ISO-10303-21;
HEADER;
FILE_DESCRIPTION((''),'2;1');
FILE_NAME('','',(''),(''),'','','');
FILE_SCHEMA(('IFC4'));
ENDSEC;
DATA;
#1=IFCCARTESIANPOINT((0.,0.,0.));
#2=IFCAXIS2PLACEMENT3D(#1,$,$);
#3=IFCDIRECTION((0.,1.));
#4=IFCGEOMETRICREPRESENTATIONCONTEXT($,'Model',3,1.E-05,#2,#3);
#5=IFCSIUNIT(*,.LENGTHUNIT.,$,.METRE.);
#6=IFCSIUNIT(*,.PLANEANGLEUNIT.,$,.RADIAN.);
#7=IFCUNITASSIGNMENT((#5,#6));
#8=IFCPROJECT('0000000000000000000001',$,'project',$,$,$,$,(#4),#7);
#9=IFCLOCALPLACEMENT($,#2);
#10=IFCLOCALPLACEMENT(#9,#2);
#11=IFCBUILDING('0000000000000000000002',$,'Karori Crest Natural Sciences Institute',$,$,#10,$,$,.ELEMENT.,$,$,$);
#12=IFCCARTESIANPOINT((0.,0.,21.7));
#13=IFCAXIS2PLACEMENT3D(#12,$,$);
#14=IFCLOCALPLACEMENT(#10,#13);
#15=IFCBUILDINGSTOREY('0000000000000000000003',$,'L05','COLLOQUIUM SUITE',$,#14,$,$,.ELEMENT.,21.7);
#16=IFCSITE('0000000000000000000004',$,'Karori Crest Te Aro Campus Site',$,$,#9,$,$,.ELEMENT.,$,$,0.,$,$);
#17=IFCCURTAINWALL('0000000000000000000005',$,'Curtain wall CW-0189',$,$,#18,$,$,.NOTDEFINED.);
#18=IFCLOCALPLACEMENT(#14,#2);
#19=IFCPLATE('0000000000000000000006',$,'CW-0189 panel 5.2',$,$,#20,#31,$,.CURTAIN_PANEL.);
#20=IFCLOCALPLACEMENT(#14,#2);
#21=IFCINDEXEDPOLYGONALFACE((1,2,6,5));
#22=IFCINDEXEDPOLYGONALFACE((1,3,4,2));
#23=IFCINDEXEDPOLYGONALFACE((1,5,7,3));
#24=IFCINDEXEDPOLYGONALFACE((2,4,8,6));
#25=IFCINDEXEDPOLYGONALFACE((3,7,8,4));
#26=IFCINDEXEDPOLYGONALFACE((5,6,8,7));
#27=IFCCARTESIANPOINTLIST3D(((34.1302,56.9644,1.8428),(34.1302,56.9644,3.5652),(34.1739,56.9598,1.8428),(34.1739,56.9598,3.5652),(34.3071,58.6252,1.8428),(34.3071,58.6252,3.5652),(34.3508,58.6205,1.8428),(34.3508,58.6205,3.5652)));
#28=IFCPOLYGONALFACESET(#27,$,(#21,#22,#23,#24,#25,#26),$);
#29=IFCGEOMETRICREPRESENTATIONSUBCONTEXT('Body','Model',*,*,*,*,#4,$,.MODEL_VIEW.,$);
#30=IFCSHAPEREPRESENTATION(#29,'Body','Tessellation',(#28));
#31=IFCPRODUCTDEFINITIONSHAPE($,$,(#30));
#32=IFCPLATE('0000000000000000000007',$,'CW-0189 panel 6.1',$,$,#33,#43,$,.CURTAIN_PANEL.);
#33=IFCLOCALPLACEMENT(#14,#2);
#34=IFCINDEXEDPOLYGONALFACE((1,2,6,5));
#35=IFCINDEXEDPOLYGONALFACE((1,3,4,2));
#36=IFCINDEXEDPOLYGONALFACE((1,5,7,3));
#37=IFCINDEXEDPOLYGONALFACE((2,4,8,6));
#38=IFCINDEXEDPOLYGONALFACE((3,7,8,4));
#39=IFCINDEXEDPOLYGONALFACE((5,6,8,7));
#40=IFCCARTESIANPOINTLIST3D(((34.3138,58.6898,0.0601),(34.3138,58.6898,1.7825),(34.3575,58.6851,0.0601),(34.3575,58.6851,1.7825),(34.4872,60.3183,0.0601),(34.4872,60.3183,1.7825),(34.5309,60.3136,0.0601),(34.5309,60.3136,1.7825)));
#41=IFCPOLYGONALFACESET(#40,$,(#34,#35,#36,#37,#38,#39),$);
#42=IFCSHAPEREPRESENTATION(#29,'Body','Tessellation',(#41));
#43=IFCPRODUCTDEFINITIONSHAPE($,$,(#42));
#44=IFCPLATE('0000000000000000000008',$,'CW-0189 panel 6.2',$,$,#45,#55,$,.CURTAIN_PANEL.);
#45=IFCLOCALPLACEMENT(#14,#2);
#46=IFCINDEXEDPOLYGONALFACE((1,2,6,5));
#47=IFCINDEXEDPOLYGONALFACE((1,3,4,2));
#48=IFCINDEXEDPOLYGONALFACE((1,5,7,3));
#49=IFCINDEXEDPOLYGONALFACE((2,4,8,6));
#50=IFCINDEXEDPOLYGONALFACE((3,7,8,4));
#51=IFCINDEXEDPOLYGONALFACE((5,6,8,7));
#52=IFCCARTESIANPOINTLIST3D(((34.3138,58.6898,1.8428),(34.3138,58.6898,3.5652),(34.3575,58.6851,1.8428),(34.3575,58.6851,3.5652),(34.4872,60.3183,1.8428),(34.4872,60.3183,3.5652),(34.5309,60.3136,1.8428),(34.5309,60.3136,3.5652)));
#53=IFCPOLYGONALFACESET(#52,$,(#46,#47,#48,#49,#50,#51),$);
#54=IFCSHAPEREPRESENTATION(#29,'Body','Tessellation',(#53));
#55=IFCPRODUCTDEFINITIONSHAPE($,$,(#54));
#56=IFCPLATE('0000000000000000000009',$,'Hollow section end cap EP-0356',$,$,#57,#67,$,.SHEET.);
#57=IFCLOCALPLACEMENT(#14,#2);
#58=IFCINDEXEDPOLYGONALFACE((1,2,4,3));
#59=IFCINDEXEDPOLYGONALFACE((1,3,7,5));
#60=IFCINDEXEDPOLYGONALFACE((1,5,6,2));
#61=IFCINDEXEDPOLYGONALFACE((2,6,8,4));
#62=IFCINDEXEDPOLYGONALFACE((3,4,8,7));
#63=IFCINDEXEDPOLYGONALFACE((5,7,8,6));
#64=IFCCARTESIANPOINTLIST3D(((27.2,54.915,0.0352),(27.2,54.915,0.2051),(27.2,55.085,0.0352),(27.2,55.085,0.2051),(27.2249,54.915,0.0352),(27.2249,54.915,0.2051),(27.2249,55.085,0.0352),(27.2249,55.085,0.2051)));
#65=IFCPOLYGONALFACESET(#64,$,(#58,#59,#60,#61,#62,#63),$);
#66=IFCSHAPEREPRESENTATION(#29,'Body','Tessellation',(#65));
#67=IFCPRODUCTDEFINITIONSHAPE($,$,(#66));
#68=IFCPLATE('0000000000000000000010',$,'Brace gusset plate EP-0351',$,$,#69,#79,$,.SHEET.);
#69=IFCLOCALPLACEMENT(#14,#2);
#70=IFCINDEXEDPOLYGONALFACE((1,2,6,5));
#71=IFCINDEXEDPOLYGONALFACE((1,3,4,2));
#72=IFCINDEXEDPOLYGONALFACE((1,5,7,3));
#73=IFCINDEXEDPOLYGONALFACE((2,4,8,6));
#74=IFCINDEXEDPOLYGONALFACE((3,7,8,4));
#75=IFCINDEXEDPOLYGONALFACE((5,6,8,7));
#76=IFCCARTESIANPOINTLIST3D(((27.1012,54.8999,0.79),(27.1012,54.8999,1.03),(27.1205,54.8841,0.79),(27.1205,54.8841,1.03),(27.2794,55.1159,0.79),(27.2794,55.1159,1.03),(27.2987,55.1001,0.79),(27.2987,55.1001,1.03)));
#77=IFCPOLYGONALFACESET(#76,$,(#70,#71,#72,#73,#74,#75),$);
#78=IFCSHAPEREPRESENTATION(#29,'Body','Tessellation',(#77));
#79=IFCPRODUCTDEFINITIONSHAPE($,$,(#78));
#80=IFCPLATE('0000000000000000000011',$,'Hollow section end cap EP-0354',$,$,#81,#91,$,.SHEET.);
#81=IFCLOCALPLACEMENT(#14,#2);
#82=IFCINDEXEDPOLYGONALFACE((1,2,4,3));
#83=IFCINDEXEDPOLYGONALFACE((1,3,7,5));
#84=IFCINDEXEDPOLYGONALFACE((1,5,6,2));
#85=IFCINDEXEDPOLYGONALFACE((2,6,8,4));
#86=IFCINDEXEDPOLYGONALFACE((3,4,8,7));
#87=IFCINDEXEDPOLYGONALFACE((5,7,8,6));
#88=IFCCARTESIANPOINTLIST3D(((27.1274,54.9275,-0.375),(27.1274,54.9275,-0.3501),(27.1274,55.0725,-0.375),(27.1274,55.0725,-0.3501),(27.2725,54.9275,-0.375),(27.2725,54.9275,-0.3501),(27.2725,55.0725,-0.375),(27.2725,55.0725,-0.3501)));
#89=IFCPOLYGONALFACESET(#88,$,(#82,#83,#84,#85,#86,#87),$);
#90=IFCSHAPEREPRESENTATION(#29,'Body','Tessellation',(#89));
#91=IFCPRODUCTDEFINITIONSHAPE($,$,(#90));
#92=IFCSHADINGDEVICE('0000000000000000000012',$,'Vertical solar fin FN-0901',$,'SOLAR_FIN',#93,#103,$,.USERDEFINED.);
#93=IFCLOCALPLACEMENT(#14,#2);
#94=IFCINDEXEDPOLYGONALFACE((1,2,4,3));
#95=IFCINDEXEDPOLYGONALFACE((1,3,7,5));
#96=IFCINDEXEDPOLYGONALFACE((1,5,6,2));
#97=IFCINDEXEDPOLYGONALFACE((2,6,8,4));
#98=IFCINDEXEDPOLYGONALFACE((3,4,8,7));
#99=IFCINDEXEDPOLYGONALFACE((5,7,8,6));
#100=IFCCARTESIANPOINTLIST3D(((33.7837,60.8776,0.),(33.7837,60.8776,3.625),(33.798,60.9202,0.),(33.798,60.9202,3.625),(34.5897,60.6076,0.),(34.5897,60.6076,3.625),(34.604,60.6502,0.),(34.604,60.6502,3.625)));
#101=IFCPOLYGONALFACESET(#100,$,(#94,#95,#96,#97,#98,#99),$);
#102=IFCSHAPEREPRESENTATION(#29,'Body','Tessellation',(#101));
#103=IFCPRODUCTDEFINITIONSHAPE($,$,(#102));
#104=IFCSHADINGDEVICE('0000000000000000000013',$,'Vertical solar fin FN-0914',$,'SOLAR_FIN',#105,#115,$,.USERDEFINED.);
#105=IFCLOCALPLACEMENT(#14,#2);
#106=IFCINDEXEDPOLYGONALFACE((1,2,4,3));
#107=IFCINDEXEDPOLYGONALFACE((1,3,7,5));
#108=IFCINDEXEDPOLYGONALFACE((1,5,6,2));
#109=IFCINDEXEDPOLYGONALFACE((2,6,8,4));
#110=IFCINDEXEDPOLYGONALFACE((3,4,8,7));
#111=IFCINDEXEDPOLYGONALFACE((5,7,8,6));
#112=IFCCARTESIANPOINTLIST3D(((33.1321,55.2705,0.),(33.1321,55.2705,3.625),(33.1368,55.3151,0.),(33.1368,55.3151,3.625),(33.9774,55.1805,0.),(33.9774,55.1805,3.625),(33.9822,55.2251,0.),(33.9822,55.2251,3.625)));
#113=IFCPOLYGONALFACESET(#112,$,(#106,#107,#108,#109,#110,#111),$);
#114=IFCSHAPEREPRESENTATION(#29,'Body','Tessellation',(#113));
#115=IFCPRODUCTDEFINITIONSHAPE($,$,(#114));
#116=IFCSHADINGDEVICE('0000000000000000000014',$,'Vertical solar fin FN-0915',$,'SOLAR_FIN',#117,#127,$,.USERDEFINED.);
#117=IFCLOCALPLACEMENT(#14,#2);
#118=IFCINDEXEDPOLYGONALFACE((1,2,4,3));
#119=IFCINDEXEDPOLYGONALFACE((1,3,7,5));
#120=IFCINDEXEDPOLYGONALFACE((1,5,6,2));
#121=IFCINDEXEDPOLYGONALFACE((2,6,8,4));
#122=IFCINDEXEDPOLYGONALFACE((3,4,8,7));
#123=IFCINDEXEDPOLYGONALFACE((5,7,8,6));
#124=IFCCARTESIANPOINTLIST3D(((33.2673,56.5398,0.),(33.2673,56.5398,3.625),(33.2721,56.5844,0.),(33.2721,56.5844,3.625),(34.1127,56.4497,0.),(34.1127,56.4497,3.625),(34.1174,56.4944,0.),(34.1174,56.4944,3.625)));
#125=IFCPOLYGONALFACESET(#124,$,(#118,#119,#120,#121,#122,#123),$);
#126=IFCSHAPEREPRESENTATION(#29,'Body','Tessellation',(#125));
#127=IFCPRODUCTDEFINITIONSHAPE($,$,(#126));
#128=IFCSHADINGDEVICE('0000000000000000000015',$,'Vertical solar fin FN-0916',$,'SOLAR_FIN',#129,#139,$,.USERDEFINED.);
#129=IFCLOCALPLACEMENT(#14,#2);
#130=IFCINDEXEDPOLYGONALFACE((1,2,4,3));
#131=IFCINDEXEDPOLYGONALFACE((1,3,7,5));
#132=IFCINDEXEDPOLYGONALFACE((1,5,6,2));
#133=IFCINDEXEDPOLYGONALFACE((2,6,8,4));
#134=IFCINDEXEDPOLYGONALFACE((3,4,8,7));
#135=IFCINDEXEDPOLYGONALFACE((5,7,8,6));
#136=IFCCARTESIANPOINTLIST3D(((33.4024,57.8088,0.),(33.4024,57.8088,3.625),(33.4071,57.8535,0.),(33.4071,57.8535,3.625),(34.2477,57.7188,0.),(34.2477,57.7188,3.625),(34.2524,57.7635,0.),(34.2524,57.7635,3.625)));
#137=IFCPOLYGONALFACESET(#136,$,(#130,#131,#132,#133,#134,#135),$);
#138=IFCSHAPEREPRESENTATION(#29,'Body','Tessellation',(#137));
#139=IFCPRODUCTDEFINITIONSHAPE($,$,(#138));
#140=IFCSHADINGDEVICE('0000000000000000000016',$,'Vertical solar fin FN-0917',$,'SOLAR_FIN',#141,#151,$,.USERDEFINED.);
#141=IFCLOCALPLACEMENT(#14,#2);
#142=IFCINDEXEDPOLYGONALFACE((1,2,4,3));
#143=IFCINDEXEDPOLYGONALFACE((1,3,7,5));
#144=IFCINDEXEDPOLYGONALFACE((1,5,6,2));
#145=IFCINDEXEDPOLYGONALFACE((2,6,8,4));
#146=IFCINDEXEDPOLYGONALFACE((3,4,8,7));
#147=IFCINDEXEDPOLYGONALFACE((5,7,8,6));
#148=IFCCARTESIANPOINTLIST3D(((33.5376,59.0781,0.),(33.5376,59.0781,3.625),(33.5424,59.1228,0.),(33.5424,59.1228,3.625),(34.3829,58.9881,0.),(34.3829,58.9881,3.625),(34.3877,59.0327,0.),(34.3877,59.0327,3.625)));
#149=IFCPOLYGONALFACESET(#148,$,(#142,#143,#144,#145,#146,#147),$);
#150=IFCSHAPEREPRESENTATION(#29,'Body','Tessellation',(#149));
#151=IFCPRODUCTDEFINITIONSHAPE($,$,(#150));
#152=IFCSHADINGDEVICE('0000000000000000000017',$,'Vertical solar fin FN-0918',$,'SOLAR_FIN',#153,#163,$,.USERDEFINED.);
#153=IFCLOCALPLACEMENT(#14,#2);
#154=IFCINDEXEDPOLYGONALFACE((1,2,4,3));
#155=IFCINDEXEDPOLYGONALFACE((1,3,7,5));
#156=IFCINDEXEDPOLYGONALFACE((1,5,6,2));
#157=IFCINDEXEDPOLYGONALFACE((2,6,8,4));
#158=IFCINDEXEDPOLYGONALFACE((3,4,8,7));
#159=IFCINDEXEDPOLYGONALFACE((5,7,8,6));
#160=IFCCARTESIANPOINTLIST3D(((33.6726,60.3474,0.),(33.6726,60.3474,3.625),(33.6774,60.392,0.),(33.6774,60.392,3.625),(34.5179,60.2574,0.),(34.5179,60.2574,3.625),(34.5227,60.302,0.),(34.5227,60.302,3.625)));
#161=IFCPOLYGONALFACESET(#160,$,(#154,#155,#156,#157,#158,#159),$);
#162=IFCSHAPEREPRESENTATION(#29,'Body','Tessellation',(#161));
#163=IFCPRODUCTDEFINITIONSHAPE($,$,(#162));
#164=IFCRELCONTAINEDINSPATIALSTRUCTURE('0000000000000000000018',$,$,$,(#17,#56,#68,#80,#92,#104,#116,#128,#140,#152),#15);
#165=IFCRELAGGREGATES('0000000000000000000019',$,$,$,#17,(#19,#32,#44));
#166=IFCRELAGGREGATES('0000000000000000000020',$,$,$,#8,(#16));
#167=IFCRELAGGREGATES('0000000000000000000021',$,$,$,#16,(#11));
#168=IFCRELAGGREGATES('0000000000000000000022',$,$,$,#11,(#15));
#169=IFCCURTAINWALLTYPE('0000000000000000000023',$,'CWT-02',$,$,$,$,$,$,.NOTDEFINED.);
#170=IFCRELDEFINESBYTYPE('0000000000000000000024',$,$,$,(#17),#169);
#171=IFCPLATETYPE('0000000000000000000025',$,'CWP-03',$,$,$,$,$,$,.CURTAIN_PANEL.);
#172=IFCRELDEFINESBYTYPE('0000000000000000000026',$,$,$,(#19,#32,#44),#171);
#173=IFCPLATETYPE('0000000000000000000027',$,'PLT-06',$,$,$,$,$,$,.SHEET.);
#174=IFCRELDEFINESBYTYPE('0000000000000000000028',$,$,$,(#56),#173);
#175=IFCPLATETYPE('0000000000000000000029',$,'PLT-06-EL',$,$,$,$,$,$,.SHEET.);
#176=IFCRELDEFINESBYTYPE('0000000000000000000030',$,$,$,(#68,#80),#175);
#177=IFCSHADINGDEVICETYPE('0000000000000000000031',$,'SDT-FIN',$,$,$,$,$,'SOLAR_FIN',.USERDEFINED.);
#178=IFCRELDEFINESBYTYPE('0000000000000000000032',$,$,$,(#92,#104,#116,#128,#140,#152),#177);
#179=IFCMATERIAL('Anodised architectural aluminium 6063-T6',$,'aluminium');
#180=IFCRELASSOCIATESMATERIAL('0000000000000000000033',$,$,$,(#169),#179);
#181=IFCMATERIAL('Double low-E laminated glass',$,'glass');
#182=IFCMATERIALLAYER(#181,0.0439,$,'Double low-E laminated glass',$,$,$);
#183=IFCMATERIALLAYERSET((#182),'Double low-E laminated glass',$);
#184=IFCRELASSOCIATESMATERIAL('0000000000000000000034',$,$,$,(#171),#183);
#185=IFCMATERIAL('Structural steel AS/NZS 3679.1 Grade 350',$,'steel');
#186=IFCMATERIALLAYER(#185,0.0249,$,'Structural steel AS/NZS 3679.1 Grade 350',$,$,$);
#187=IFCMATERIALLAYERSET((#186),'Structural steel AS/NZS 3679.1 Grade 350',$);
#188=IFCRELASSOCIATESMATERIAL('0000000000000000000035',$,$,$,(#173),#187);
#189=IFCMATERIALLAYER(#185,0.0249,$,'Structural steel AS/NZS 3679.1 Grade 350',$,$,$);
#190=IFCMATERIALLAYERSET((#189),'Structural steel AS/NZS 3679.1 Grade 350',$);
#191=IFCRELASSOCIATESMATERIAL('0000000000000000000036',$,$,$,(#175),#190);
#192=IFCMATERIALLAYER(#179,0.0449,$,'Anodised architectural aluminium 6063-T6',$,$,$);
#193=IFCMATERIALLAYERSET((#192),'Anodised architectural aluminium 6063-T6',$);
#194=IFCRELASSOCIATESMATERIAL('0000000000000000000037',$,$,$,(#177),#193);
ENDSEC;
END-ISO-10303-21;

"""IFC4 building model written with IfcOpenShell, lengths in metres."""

from ifc_helpers import new_model, si_unit, direction, frame, origin, origin_2d, place, context, subcontext, project, spatial, rectangle, extrude, material, layer, layer_set, type_object, element, aggregate, save


model = new_model("IFC4")

# Units and contexts
model_context = context("Model", 3, precision=1e-05, world=origin(), true_north=direction((0.0, 1.0)))
body_context = subcontext(model_context, "Body", "Model", "MODEL_VIEW")
ifc_project = project(units=[si_unit("LENGTHUNIT", "METRE"), si_unit("PLANEANGLEUNIT", "RADIAN")], contexts=[model_context])

# Site, building, storey
site_placement = place(None, origin())
site = spatial("IfcSite", under=ifc_project, at=site_placement, Name="Karori Crest Te Aro Campus Site", CompositionType="ELEMENT", RefElevation=0.0)
building_placement = place(site_placement, origin())
building = spatial("IfcBuilding", under=site, at=building_placement, Name="Karori Crest Natural Sciences Institute", CompositionType="ELEMENT")
storey_placement = place(building_placement, frame((0.0, 0.0, 21.7)))
storey = spatial("IfcBuildingStorey", under=building, at=storey_placement, Name="L05", Description="COLLOQUIUM SUITE", CompositionType="ELEMENT", Elevation=21.7)

# Shared definitions
ifc_material_1 = material(Name="Structural steel AS/NZS 3679.1 Grade 350", Category="steel")

# Shared definitions
ifc_material_2 = material(Name="Anodised architectural aluminium 6063-T6", Category="aluminium")

# Curtain wall
curtain_wall_type_1 = type_object("IfcCurtainWallType", Name="CWT-02", PredefinedType="NOTDEFINED", material=ifc_material_2)
curtain_wall_1_placement = place(storey_placement, origin())
curtain_wall_1 = element("IfcCurtainWall", 1, at=curtain_wall_1_placement, inside=storey, type_object=curtain_wall_type_1, Name="Curtain wall CW-0189", PredefinedType="NOTDEFINED")

# Plates
ifc_material_3 = material(Name="Double low-E laminated glass", Category="glass")
ifc_layer_1 = layer(ifc_material_3, 0.0439, Name="Double low-E laminated glass")
ifc_layer_set_1 = layer_set([ifc_layer_1], Name="Double low-E laminated glass")
plate_type_1 = type_object("IfcPlateType", Name="CWP-03", PredefinedType="CURTAIN_PANEL", material=ifc_layer_set_1)
plate_1_placement = place(storey_placement, frame((34.2405, 57.7925, 1.8428), z_axis=(0.0, 0.0, 1.0), x_axis=(0.105886, 0.994378, 0.0)))
plate_1 = element("IfcPlate", 2, at=plate_1_placement, type_object=plate_type_1, Name="CW-0189 panel 5.2", PredefinedType="CURTAIN_PANEL", context=body_context, shape_type="SweptSolid", body=[
    extrude(rectangle(XDim=1.6702, YDim=0.0439, at=origin_2d()), origin(), (0.0, 0.0, 1.0), 1.7224),
])
plate_2_placement = place(storey_placement, frame((34.4224, 59.5017, 0.0601), z_axis=(0.0, 0.0, 1.0), x_axis=(0.105886, 0.994378, 0.0)))
plate_2 = element("IfcPlate", 3, at=plate_2_placement, type_object=plate_type_1, Name="CW-0189 panel 6.1", PredefinedType="CURTAIN_PANEL", context=body_context, shape_type="SweptSolid", body=[
    extrude(rectangle(XDim=1.6377, YDim=0.0439, at=origin_2d()), origin(), (0.0, 0.0, 1.0), 1.7224),
])
plate_3_placement = place(storey_placement, frame((34.4224, 59.5017, 1.8428), z_axis=(0.0, 0.0, 1.0), x_axis=(0.105886, 0.994378, 0.0)))
plate_3 = element("IfcPlate", 4, at=plate_3_placement, type_object=plate_type_1, Name="CW-0189 panel 6.2", PredefinedType="CURTAIN_PANEL", context=body_context, shape_type="SweptSolid", body=[
    extrude(rectangle(XDim=1.6377, YDim=0.0439, at=origin_2d()), origin(), (0.0, 0.0, 1.0), 1.7224),
])
aggregate(curtain_wall_1, [plate_1, plate_2, plate_3])

# Plates
ifc_layer_2 = layer(ifc_material_1, 0.0249, Name="Structural steel AS/NZS 3679.1 Grade 350")
ifc_layer_set_2 = layer_set([ifc_layer_2], Name="Structural steel AS/NZS 3679.1 Grade 350")
plate_type_2 = type_object("IfcPlateType", Name="PLT-06", PredefinedType="SHEET", material=ifc_layer_set_2)
plate_4_placement = place(storey_placement, frame((27.2124, 55.0, 0.0352), z_axis=(0.0, 0.0, 1.0), x_axis=(1.0, 0.0, 0.0)))
element("IfcPlate", 5, at=plate_4_placement, inside=storey, type_object=plate_type_2, Name="Hollow section end cap EP-0356", PredefinedType="SHEET", context=body_context, shape_type="SweptSolid", body=[
    extrude(rectangle(XDim=0.0249, YDim=0.1699, at=origin_2d()), origin(), (0.0, 0.0, 1.0), 0.1699),
])
ifc_layer_3 = layer(ifc_material_1, 0.0249, Name="Structural steel AS/NZS 3679.1 Grade 350")
ifc_layer_set_3 = layer_set([ifc_layer_3], Name="Structural steel AS/NZS 3679.1 Grade 350")
plate_type_3 = type_object("IfcPlateType", Name="PLT-06-EL", PredefinedType="SHEET", material=ifc_layer_set_3)
plate_5_placement = place(storey_placement, frame((27.2, 55.0, 0.79), z_axis=(0.0, 0.0, 1.0), x_axis=(0.636383, 0.771374, 0.0)))
element("IfcPlate", 6, at=plate_5_placement, inside=storey, type_object=plate_type_3, Name="Brace gusset plate EP-0351", PredefinedType="SHEET", context=body_context, shape_type="SweptSolid", body=[
    extrude(rectangle(XDim=0.28, YDim=0.0249, at=origin_2d()), origin(), (0.0, 0.0, 1.0), 0.24),
])
plate_6_placement = place(storey_placement, frame((27.2, 55.0, -0.375), z_axis=(0.0, 0.0, 1.0), x_axis=(1.0, 0.0, 0.0)))
element("IfcPlate", 7, at=plate_6_placement, inside=storey, type_object=plate_type_3, Name="Hollow section end cap EP-0354", PredefinedType="SHEET", context=body_context, shape_type="SweptSolid", body=[
    extrude(rectangle(XDim=0.145, YDim=0.145, at=origin_2d()), origin(), (0.0, 0.0, 1.0), 0.0249),
])

# Shading devices
ifc_layer_4 = layer(ifc_material_2, 0.0449, Name="Anodised architectural aluminium 6063-T6")
ifc_layer_set_4 = layer_set([ifc_layer_4], Name="Anodised architectural aluminium 6063-T6")
shading_device_type = type_object("IfcShadingDeviceType", Name="SDT-FIN", ElementType="SOLAR_FIN", PredefinedType="USERDEFINED", material=ifc_layer_set_4)
for number, where, z_axis, x_axis, name in (
    (8, (34.1938, 60.7639, 0.0), (0.0, 0.0, 1.0), (-0.948198, 0.31768, 0.0), "Vertical solar fin FN-0901"),
    (9, (33.5571, 55.2478, 0.0), (0.0, 0.0, 1.0), (-0.994378, 0.105886, 0.0), "Vertical solar fin FN-0914"),
    (10, (33.6924, 56.5171, 0.0), (0.0, 0.0, 1.0), (-0.994378, 0.105886, 0.0), "Vertical solar fin FN-0915"),
    (11, (33.8274, 57.7861, 0.0), (0.0, 0.0, 1.0), (-0.994378, 0.105886, 0.0), "Vertical solar fin FN-0916"),
    (12, (33.9626, 59.0554, 0.0), (0.0, 0.0, 1.0), (-0.994378, 0.105886, 0.0), "Vertical solar fin FN-0917"),
    (13, (34.0977, 60.3247, 0.0), (0.0, 0.0, 1.0), (-0.994378, 0.105886, 0.0), "Vertical solar fin FN-0918"),
):
    element("IfcShadingDevice", number, at=place(storey_placement, frame(where, z_axis=z_axis, x_axis=x_axis)), inside=storey, type_object=shading_device_type, Name=name, ObjectType="SOLAR_FIN", PredefinedType="USERDEFINED", context=body_context, shape_type="SweptSolid", body=[
        extrude(rectangle(XDim=0.8501, YDim=0.0449, at=origin_2d()), origin(), (0.0, 0.0, 1.0), 3.625),
    ])

save(model, "model.ifc")
